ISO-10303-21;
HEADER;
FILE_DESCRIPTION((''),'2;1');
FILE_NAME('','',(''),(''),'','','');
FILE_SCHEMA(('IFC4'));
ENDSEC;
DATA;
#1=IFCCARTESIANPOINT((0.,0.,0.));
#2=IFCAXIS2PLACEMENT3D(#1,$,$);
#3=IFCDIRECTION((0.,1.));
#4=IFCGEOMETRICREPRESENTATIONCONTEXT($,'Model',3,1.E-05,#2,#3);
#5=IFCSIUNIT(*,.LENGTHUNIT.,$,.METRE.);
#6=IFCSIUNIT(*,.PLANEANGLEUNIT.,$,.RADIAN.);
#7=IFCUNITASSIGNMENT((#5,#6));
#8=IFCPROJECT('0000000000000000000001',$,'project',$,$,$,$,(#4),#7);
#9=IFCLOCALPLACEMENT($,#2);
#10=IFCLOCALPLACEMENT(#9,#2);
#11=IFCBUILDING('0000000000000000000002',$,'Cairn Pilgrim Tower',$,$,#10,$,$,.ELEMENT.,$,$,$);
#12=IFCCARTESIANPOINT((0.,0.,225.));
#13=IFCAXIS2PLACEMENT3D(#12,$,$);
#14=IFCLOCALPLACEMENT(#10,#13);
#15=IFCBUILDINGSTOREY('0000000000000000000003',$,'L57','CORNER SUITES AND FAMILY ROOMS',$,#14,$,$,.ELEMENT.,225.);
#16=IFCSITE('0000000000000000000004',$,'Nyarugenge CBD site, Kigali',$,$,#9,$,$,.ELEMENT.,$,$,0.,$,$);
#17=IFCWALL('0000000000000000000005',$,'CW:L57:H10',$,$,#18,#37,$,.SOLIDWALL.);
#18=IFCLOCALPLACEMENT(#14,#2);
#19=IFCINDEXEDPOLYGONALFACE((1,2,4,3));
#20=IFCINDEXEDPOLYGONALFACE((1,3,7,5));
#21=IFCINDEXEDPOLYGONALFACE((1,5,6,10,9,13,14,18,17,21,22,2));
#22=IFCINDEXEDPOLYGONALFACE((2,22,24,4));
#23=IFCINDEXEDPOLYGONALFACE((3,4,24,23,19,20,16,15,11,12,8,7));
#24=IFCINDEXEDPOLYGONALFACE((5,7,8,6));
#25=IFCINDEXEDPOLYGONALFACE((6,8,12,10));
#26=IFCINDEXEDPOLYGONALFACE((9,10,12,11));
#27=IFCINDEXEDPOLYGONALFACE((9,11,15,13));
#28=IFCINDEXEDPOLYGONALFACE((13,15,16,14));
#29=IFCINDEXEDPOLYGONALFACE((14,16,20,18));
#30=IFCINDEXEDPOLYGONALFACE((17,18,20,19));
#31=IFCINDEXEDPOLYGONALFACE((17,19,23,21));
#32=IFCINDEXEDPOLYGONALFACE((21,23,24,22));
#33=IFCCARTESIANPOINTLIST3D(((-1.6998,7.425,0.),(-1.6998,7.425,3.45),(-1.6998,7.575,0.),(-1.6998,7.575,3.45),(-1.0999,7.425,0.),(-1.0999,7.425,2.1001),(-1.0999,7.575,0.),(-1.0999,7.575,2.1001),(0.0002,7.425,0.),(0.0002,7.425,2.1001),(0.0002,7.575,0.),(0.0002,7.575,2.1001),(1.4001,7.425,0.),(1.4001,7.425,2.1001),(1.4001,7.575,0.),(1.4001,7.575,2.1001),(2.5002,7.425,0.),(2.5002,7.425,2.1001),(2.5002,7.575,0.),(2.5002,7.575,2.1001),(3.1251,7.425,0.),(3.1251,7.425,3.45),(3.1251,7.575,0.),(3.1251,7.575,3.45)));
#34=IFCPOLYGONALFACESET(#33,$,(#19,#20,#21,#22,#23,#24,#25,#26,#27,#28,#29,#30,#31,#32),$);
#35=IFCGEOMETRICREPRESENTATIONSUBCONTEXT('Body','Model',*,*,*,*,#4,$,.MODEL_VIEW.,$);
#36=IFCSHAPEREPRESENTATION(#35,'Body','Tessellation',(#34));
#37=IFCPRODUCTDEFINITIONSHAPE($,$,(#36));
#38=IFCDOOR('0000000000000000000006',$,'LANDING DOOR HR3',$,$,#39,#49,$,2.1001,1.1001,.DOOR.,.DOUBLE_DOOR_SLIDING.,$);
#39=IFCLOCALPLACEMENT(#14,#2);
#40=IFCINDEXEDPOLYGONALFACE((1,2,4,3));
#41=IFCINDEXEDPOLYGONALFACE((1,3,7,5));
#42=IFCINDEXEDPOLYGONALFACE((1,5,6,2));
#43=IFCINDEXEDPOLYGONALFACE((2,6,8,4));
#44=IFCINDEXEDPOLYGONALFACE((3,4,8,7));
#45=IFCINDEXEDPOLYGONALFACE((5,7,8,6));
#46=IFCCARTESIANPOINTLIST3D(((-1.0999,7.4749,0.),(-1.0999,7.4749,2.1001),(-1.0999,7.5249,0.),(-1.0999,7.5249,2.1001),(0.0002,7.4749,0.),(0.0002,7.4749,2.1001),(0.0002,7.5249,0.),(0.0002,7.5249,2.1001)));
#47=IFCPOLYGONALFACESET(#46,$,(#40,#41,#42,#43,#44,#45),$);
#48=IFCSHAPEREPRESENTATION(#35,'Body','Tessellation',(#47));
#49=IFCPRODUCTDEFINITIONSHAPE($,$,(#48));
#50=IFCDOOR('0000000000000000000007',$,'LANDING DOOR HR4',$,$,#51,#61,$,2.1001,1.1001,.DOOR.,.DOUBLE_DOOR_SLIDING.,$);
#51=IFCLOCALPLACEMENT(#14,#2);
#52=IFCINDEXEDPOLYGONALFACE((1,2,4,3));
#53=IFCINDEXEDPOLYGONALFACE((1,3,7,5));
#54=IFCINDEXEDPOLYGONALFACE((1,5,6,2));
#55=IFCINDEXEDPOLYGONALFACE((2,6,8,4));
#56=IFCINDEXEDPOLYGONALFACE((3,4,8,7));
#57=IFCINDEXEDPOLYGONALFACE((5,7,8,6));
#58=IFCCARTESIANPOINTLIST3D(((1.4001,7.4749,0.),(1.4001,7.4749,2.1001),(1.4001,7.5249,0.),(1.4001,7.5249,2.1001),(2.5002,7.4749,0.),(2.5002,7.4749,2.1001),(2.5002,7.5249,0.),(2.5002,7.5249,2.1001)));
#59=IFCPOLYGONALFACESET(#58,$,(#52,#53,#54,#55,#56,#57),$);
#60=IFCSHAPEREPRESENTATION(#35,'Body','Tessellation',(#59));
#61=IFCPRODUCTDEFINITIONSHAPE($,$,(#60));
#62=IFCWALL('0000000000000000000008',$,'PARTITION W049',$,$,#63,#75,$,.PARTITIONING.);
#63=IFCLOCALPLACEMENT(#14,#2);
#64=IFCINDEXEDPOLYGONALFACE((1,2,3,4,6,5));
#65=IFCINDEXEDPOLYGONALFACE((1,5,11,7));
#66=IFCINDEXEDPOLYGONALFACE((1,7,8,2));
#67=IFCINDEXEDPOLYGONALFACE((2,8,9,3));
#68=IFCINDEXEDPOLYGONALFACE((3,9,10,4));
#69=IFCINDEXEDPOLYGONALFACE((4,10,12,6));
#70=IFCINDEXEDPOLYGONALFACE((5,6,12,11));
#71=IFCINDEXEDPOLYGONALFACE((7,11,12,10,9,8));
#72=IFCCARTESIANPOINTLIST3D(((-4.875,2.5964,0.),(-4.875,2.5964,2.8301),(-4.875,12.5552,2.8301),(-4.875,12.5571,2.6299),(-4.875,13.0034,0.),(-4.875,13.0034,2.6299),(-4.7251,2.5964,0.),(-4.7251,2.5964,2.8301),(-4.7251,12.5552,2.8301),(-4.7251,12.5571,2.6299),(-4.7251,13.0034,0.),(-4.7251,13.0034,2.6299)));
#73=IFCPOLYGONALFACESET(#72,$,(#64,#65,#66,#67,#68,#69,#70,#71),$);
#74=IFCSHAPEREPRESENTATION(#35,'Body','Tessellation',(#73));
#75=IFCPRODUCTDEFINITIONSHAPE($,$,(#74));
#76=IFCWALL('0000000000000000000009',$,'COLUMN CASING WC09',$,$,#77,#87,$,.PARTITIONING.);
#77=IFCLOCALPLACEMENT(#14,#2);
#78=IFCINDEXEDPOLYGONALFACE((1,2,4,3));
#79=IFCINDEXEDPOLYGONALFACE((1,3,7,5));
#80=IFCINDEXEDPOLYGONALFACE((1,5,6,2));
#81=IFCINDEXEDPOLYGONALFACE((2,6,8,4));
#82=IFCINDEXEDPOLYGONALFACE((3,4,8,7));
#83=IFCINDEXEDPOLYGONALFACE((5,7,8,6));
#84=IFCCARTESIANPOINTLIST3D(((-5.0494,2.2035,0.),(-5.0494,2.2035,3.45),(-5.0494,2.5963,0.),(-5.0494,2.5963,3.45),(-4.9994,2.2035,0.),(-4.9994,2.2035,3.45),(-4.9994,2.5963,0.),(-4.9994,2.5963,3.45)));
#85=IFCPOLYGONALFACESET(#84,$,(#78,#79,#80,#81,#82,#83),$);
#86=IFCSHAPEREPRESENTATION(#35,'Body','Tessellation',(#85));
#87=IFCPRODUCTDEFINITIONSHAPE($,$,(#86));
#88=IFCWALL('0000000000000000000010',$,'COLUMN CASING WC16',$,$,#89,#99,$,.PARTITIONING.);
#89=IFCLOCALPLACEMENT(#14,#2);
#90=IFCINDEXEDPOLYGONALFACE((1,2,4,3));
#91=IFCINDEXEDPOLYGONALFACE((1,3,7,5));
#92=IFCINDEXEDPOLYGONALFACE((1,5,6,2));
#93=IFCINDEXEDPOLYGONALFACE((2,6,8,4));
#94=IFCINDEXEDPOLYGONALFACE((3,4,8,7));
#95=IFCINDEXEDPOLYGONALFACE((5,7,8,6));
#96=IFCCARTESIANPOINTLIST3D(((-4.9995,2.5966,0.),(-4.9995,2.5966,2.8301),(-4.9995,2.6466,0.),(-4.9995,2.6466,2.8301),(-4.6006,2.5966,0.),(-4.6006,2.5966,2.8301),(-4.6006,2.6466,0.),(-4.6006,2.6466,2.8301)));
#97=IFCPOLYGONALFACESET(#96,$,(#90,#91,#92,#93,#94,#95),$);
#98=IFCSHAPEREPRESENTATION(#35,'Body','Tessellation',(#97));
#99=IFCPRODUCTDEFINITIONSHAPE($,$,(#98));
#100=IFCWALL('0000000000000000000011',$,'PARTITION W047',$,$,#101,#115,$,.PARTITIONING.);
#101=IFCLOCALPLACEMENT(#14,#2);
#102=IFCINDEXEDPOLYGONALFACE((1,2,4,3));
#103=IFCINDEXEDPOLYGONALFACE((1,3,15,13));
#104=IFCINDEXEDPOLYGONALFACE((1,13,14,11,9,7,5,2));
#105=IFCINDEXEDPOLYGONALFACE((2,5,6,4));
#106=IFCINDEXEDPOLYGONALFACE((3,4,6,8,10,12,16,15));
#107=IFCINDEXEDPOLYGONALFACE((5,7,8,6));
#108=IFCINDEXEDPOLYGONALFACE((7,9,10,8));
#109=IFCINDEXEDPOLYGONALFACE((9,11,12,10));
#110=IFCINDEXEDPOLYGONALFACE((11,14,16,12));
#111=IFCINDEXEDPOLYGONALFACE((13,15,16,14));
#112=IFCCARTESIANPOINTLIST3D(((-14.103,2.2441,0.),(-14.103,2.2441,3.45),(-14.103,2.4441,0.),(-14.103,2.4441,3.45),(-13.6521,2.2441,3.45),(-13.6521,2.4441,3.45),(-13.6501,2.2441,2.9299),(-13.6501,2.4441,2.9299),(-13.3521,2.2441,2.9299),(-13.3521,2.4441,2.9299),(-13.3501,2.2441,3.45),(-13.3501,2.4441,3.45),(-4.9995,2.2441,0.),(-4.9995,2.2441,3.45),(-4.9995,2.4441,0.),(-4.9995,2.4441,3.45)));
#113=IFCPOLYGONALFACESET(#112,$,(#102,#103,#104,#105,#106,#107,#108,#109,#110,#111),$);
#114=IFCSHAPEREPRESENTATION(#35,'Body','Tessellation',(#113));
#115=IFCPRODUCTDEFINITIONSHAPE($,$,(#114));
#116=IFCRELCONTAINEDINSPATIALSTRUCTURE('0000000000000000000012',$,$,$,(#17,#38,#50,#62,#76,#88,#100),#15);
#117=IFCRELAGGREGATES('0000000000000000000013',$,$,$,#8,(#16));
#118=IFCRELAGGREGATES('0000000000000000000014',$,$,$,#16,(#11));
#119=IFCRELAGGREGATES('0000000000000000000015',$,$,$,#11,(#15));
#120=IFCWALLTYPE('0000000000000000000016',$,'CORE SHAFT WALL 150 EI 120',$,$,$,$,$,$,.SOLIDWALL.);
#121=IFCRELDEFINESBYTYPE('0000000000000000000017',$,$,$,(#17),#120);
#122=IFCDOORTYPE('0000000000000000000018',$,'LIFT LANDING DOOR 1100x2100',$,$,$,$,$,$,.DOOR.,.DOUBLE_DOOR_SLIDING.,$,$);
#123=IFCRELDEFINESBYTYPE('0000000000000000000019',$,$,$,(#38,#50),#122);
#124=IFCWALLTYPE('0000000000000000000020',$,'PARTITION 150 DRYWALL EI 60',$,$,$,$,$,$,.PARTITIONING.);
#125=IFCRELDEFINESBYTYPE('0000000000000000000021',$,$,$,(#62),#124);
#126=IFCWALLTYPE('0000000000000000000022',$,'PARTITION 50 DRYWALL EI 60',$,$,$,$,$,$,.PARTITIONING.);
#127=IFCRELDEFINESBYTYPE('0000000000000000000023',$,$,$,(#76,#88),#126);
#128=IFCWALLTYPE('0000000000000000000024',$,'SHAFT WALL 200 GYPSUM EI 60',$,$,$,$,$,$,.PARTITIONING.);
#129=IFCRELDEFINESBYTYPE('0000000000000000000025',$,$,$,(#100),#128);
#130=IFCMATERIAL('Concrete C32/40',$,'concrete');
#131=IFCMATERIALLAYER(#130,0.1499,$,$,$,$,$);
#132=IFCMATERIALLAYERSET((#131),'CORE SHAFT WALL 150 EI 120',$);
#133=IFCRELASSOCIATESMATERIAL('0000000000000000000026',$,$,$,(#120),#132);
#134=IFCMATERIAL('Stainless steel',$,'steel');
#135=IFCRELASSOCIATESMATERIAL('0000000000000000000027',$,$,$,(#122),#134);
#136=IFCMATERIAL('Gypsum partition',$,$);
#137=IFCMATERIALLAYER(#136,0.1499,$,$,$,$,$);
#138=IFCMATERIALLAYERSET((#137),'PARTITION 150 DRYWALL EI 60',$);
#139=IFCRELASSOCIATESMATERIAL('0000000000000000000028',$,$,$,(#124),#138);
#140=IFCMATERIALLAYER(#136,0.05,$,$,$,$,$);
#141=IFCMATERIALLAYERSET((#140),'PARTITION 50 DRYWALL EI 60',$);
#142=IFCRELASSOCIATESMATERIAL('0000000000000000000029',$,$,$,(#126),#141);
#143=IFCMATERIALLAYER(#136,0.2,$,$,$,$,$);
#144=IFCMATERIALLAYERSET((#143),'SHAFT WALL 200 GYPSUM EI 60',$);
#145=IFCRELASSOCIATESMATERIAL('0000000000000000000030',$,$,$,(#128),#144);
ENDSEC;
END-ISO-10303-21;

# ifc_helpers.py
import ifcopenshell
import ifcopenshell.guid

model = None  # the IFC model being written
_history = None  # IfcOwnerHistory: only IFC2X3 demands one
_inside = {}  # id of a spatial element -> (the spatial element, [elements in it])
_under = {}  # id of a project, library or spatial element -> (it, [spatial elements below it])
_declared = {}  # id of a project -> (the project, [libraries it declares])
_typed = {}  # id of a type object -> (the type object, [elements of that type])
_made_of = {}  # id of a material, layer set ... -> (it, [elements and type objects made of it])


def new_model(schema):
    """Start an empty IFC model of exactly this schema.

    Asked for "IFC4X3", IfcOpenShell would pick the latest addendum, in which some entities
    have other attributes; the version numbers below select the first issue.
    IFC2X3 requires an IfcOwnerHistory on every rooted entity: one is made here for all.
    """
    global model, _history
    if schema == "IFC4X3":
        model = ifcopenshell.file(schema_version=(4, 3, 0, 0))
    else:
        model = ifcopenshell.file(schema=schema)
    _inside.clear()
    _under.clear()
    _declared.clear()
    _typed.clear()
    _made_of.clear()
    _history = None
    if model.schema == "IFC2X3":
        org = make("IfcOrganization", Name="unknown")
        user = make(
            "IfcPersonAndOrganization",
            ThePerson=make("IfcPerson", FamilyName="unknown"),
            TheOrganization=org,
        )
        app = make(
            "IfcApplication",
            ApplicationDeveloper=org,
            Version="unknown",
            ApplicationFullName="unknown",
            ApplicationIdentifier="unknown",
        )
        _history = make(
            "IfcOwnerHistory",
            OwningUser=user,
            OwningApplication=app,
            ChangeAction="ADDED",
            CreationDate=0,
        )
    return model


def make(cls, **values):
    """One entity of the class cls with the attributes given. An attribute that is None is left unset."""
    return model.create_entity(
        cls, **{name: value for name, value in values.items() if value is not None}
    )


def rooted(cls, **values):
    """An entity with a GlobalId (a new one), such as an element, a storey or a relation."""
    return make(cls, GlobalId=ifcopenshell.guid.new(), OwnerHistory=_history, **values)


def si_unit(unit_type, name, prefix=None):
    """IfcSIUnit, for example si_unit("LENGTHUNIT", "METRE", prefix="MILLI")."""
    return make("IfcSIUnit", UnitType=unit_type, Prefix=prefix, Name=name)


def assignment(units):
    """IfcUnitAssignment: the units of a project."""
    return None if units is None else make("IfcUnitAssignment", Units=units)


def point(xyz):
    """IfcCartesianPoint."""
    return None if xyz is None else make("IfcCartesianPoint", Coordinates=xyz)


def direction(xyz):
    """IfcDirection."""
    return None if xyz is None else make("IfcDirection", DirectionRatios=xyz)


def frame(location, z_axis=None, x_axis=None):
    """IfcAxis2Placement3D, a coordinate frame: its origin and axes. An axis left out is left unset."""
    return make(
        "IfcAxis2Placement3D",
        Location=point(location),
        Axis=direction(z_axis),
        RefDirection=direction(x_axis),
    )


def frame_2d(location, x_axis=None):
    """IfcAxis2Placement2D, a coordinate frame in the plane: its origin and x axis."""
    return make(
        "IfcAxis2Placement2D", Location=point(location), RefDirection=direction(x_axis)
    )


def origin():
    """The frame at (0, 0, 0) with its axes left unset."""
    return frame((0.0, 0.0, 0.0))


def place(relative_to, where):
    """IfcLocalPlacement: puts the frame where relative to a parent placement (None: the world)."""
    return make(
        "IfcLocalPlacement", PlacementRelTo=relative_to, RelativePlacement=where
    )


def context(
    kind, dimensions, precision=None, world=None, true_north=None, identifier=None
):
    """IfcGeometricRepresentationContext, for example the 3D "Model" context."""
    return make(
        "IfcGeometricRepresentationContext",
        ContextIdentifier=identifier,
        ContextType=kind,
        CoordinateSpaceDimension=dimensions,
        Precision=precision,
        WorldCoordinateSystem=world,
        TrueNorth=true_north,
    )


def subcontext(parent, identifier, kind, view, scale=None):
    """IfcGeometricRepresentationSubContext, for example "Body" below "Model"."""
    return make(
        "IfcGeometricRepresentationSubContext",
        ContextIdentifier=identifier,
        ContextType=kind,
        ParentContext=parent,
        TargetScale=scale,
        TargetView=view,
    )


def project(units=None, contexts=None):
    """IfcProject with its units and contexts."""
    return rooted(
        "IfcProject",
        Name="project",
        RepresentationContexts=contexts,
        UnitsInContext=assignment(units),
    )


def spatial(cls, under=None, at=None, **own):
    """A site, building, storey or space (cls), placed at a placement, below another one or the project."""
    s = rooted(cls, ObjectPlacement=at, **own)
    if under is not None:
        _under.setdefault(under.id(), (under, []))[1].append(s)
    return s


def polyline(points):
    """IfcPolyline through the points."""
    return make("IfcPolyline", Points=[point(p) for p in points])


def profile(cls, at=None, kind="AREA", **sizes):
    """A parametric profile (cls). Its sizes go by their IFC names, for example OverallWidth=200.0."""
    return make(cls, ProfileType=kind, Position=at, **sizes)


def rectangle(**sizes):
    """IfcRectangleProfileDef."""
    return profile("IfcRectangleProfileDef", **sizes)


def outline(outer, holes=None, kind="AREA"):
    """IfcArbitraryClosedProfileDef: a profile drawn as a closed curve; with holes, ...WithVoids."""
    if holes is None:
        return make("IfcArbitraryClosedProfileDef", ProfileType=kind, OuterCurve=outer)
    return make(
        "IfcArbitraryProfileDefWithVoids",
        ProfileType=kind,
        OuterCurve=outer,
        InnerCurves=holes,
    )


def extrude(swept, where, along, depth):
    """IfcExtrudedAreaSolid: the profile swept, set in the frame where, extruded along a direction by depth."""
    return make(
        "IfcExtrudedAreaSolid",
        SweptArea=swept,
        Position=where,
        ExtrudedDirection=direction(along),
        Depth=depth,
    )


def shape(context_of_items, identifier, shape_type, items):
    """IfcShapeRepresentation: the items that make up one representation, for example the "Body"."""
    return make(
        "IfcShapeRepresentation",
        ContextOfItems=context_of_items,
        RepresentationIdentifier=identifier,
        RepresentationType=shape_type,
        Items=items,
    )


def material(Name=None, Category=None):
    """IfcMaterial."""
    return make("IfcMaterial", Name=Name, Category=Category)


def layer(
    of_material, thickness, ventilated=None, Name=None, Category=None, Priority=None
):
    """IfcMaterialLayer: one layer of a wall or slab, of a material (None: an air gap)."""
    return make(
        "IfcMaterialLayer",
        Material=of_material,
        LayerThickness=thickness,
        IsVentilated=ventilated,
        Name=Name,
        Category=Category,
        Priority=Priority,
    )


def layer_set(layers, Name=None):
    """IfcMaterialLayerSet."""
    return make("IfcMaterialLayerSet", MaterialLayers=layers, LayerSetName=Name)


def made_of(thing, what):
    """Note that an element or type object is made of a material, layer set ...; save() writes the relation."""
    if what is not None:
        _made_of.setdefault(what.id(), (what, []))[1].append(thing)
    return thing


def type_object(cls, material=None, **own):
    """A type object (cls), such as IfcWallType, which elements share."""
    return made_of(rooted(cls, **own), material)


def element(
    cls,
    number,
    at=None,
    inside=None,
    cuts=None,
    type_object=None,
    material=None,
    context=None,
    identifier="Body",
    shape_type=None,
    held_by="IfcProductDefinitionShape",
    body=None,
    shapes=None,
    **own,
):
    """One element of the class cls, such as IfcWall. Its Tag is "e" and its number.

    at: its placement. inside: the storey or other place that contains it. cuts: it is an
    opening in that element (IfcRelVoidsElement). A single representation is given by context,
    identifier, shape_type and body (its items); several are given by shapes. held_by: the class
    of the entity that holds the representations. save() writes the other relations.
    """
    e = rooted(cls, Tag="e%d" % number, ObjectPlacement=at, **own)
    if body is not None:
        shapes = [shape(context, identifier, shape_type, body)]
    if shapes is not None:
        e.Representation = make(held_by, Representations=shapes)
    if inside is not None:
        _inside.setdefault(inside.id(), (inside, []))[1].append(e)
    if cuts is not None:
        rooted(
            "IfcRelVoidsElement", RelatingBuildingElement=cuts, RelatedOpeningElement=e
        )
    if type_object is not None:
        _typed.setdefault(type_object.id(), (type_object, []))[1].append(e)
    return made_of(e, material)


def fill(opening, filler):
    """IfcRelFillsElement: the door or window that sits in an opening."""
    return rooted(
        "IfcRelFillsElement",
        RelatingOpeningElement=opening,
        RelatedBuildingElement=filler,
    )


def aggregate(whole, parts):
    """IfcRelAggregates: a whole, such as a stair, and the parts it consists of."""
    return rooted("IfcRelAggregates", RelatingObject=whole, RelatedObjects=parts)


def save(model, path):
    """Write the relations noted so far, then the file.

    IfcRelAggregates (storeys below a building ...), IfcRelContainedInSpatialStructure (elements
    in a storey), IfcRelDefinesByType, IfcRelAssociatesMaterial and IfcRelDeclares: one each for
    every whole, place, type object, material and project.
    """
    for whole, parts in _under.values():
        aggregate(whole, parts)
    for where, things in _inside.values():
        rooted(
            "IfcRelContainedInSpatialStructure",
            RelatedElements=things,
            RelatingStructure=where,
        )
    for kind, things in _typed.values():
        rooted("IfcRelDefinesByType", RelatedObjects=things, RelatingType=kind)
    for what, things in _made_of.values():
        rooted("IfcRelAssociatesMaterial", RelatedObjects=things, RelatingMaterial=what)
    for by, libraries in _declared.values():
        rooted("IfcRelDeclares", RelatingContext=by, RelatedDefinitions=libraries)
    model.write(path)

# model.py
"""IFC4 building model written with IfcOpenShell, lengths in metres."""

from ifc_helpers import new_model, si_unit, direction, frame, frame_2d, origin, place, context, subcontext, project, spatial, polyline, rectangle, outline, extrude, material, layer, layer_set, type_object, element, fill, save


model = new_model("IFC4")

# Units and contexts
model_context = context("Model", 3, precision=1e-05, world=origin(), true_north=direction((0.0, 1.0)))
body_context = subcontext(model_context, "Body", "Model", "MODEL_VIEW")
ifc_project = project(units=[si_unit("LENGTHUNIT", "METRE"), si_unit("PLANEANGLEUNIT", "RADIAN")], contexts=[model_context])

# Site, building, storey
site_placement = place(None, origin())
site = spatial("IfcSite", under=ifc_project, at=site_placement, Name="Nyarugenge CBD site, Kigali", CompositionType="ELEMENT", RefElevation=0.0)
building_placement = place(site_placement, origin())
building = spatial("IfcBuilding", under=site, at=building_placement, Name="Cairn Pilgrim Tower", CompositionType="ELEMENT")
storey_placement = place(building_placement, frame((0.0, 0.0, 225.0)))
storey = spatial("IfcBuildingStorey", under=building, at=storey_placement, Name="L57", Description="CORNER SUITES AND FAMILY ROOMS", CompositionType="ELEMENT", Elevation=225.0)

# Shared definitions
ifc_material_1 = material(Name="Concrete C32/40", Category="concrete")
ifc_layer_1 = layer(ifc_material_1, 0.1499)
ifc_layer_set_1 = layer_set([ifc_layer_1], Name="CORE SHAFT WALL 150 EI 120")
wall_type_1 = type_object("IfcWallType", Name="CORE SHAFT WALL 150 EI 120", PredefinedType="SOLIDWALL", material=ifc_layer_set_1)

# Wall, openings, doors
ifc_material_2 = material(Name="Stainless steel", Category="steel")
door_type = type_object("IfcDoorType", Name="LIFT LANDING DOOR 1100x2100", OperationType="DOUBLE_DOOR_SLIDING", PredefinedType="DOOR", material=ifc_material_2)
wall_1_placement = place(storey_placement, frame((-1.7, 7.5, 0.0), z_axis=(0.0, 0.0, 1.0), x_axis=(1.0, 0.0, 0.0)))
wall_1 = element("IfcWall", 1, at=wall_1_placement, inside=storey, type_object=wall_type_1, Name="CW:L57:H10", PredefinedType="SOLIDWALL", context=body_context, shape_type="SweptSolid", body=[
    extrude(rectangle(XDim=4.825, YDim=0.1499, at=frame_2d((2.4126, 0.0))), origin(), (0.0, 0.0, 1.0), 3.45),
])
opening_1_placement = place(wall_1_placement, frame((0.6001, 0.0, 0.0)))
opening_1 = element("IfcOpeningElement", 2, at=opening_1_placement, cuts=wall_1, PredefinedType="OPENING", context=body_context, shape_type="SweptSolid", body=[
    extrude(rectangle(XDim=1.1001, YDim=2.1001, at=frame_2d((0.55, 1.05))), frame((0.0, 0.085, 0.0), z_axis=(0.0, -1.0, 0.0), x_axis=(1.0, 0.0, 0.0)), (0.0, 0.0, 1.0), 0.1699),
])
opening_2_placement = place(wall_1_placement, frame((3.1001, 0.0, 0.0)))
opening_2 = element("IfcOpeningElement", 3, at=opening_2_placement, cuts=wall_1, PredefinedType="OPENING", context=body_context, shape_type="SweptSolid", body=[
    extrude(rectangle(XDim=1.1001, YDim=2.1001, at=frame_2d((0.55, 1.05))), frame((0.0, 0.085, 0.0), z_axis=(0.0, -1.0, 0.0), x_axis=(1.0, 0.0, 0.0)), (0.0, 0.0, 1.0), 0.1699),
])
door_1_placement = place(opening_1_placement, origin())
door_1 = element("IfcDoor", 4, at=door_1_placement, inside=storey, type_object=door_type, Name="LANDING DOOR HR3", OperationType="DOUBLE_DOOR_SLIDING", OverallHeight=2.1001, OverallWidth=1.1001, PredefinedType="DOOR", context=body_context, shape_type="SweptSolid", body=[
    extrude(rectangle(XDim=1.1001, YDim=2.1001, at=frame_2d((0.55, 1.05))), frame((0.0, 0.0249, 0.0), z_axis=(0.0, -1.0, 0.0), x_axis=(1.0, 0.0, 0.0)), (0.0, 0.0, 1.0), 0.05),
])
fill(opening_1, door_1)
door_2_placement = place(opening_2_placement, origin())
door_2 = element("IfcDoor", 5, at=door_2_placement, inside=storey, type_object=door_type, Name="LANDING DOOR HR4", OperationType="DOUBLE_DOOR_SLIDING", OverallHeight=2.1001, OverallWidth=1.1001, PredefinedType="DOOR", context=body_context, shape_type="SweptSolid", body=[
    extrude(rectangle(XDim=1.1001, YDim=2.1001, at=frame_2d((0.55, 1.05))), frame((0.0, 0.0249, 0.0), z_axis=(0.0, -1.0, 0.0), x_axis=(1.0, 0.0, 0.0)), (0.0, 0.0, 1.0), 0.05),
])
fill(opening_2, door_2)

# Walls
ifc_material_3 = material(Name="Gypsum partition")
ifc_layer_2 = layer(ifc_material_3, 0.1499)
ifc_layer_set_2 = layer_set([ifc_layer_2], Name="PARTITION 150 DRYWALL EI 60")
wall_type_2 = type_object("IfcWallType", Name="PARTITION 150 DRYWALL EI 60", PredefinedType="PARTITIONING", material=ifc_layer_set_2)
wall_2_placement = place(storey_placement, frame((-4.8, 2.5964, 0.0), z_axis=(0.0, 0.0, 1.0), x_axis=(0.0, 1.0, 0.0)))
element("IfcWall", 6, at=wall_2_placement, inside=storey, type_object=wall_type_2, Name="PARTITION W049", PredefinedType="PARTITIONING", context=body_context, shape_type="SweptSolid", body=[
    extrude(outline(polyline([(0.0, 0.0), (10.407, 0.0), (10.407, 2.6299), (9.9607, 2.6299), (9.9587, 2.8301), (0.0, 2.8301), (0.0, 0.0)])), frame((0.0, 0.075, 0.0), z_axis=(0.0, -1.0, 0.0), x_axis=(1.0, 0.0, 0.0)), (0.0, 0.0, 1.0), 0.1499),
])
ifc_layer_3 = layer(ifc_material_3, 0.05)
ifc_layer_set_3 = layer_set([ifc_layer_3], Name="PARTITION 50 DRYWALL EI 60")
wall_type_3 = type_object("IfcWallType", Name="PARTITION 50 DRYWALL EI 60", PredefinedType="PARTITIONING", material=ifc_layer_set_3)
wall_3_placement = place(storey_placement, frame((-5.0244, 2.2036, 0.0), z_axis=(0.0, 0.0, 1.0), x_axis=(0.0, 1.0, 0.0)))
element("IfcWall", 7, at=wall_3_placement, inside=storey, type_object=wall_type_3, Name="COLUMN CASING WC09", PredefinedType="PARTITIONING", context=body_context, shape_type="SweptSolid", body=[
    extrude(rectangle(XDim=0.3928, YDim=0.05, at=frame_2d((0.1963, 0.0))), origin(), (0.0, 0.0, 1.0), 3.45),
])
wall_4_placement = place(storey_placement, frame((-4.9995, 2.6216, 0.0), z_axis=(0.0, 0.0, 1.0), x_axis=(1.0, 0.0, 0.0)))
element("IfcWall", 8, at=wall_4_placement, inside=storey, type_object=wall_type_3, Name="COLUMN CASING WC16", PredefinedType="PARTITIONING", context=body_context, shape_type="SweptSolid", body=[
    extrude(rectangle(XDim=0.3989, YDim=0.05, at=frame_2d((0.1995, 0.0))), origin(), (0.0, 0.0, 1.0), 2.8301),
])
ifc_layer_4 = layer(ifc_material_3, 0.2)
ifc_layer_set_4 = layer_set([ifc_layer_4], Name="SHAFT WALL 200 GYPSUM EI 60")
wall_type_4 = type_object("IfcWallType", Name="SHAFT WALL 200 GYPSUM EI 60", PredefinedType="PARTITIONING", material=ifc_layer_set_4)
wall_5_placement = place(storey_placement, frame((-14.103, 2.344, 0.0), z_axis=(0.0, 0.0, 1.0), x_axis=(1.0, 0.0, 0.0)))
element("IfcWall", 9, at=wall_5_placement, inside=storey, type_object=wall_type_4, Name="PARTITION W047", PredefinedType="PARTITIONING", context=body_context, shape_type="SweptSolid", body=[
    extrude(outline(polyline([(0.0, 0.0), (9.1035, 0.0), (9.1035, 3.45), (0.7529, 3.45), (0.751, 2.9299), (0.4529, 2.9299), (0.4509, 3.45), (0.0, 3.45), (0.0, 0.0)])), frame((0.0, 0.1001, 0.0), z_axis=(0.0, -1.0, 0.0), x_axis=(1.0, 0.0, 0.0)), (0.0, 0.0, 1.0), 0.2),
])

save(model, "model.ifc")
